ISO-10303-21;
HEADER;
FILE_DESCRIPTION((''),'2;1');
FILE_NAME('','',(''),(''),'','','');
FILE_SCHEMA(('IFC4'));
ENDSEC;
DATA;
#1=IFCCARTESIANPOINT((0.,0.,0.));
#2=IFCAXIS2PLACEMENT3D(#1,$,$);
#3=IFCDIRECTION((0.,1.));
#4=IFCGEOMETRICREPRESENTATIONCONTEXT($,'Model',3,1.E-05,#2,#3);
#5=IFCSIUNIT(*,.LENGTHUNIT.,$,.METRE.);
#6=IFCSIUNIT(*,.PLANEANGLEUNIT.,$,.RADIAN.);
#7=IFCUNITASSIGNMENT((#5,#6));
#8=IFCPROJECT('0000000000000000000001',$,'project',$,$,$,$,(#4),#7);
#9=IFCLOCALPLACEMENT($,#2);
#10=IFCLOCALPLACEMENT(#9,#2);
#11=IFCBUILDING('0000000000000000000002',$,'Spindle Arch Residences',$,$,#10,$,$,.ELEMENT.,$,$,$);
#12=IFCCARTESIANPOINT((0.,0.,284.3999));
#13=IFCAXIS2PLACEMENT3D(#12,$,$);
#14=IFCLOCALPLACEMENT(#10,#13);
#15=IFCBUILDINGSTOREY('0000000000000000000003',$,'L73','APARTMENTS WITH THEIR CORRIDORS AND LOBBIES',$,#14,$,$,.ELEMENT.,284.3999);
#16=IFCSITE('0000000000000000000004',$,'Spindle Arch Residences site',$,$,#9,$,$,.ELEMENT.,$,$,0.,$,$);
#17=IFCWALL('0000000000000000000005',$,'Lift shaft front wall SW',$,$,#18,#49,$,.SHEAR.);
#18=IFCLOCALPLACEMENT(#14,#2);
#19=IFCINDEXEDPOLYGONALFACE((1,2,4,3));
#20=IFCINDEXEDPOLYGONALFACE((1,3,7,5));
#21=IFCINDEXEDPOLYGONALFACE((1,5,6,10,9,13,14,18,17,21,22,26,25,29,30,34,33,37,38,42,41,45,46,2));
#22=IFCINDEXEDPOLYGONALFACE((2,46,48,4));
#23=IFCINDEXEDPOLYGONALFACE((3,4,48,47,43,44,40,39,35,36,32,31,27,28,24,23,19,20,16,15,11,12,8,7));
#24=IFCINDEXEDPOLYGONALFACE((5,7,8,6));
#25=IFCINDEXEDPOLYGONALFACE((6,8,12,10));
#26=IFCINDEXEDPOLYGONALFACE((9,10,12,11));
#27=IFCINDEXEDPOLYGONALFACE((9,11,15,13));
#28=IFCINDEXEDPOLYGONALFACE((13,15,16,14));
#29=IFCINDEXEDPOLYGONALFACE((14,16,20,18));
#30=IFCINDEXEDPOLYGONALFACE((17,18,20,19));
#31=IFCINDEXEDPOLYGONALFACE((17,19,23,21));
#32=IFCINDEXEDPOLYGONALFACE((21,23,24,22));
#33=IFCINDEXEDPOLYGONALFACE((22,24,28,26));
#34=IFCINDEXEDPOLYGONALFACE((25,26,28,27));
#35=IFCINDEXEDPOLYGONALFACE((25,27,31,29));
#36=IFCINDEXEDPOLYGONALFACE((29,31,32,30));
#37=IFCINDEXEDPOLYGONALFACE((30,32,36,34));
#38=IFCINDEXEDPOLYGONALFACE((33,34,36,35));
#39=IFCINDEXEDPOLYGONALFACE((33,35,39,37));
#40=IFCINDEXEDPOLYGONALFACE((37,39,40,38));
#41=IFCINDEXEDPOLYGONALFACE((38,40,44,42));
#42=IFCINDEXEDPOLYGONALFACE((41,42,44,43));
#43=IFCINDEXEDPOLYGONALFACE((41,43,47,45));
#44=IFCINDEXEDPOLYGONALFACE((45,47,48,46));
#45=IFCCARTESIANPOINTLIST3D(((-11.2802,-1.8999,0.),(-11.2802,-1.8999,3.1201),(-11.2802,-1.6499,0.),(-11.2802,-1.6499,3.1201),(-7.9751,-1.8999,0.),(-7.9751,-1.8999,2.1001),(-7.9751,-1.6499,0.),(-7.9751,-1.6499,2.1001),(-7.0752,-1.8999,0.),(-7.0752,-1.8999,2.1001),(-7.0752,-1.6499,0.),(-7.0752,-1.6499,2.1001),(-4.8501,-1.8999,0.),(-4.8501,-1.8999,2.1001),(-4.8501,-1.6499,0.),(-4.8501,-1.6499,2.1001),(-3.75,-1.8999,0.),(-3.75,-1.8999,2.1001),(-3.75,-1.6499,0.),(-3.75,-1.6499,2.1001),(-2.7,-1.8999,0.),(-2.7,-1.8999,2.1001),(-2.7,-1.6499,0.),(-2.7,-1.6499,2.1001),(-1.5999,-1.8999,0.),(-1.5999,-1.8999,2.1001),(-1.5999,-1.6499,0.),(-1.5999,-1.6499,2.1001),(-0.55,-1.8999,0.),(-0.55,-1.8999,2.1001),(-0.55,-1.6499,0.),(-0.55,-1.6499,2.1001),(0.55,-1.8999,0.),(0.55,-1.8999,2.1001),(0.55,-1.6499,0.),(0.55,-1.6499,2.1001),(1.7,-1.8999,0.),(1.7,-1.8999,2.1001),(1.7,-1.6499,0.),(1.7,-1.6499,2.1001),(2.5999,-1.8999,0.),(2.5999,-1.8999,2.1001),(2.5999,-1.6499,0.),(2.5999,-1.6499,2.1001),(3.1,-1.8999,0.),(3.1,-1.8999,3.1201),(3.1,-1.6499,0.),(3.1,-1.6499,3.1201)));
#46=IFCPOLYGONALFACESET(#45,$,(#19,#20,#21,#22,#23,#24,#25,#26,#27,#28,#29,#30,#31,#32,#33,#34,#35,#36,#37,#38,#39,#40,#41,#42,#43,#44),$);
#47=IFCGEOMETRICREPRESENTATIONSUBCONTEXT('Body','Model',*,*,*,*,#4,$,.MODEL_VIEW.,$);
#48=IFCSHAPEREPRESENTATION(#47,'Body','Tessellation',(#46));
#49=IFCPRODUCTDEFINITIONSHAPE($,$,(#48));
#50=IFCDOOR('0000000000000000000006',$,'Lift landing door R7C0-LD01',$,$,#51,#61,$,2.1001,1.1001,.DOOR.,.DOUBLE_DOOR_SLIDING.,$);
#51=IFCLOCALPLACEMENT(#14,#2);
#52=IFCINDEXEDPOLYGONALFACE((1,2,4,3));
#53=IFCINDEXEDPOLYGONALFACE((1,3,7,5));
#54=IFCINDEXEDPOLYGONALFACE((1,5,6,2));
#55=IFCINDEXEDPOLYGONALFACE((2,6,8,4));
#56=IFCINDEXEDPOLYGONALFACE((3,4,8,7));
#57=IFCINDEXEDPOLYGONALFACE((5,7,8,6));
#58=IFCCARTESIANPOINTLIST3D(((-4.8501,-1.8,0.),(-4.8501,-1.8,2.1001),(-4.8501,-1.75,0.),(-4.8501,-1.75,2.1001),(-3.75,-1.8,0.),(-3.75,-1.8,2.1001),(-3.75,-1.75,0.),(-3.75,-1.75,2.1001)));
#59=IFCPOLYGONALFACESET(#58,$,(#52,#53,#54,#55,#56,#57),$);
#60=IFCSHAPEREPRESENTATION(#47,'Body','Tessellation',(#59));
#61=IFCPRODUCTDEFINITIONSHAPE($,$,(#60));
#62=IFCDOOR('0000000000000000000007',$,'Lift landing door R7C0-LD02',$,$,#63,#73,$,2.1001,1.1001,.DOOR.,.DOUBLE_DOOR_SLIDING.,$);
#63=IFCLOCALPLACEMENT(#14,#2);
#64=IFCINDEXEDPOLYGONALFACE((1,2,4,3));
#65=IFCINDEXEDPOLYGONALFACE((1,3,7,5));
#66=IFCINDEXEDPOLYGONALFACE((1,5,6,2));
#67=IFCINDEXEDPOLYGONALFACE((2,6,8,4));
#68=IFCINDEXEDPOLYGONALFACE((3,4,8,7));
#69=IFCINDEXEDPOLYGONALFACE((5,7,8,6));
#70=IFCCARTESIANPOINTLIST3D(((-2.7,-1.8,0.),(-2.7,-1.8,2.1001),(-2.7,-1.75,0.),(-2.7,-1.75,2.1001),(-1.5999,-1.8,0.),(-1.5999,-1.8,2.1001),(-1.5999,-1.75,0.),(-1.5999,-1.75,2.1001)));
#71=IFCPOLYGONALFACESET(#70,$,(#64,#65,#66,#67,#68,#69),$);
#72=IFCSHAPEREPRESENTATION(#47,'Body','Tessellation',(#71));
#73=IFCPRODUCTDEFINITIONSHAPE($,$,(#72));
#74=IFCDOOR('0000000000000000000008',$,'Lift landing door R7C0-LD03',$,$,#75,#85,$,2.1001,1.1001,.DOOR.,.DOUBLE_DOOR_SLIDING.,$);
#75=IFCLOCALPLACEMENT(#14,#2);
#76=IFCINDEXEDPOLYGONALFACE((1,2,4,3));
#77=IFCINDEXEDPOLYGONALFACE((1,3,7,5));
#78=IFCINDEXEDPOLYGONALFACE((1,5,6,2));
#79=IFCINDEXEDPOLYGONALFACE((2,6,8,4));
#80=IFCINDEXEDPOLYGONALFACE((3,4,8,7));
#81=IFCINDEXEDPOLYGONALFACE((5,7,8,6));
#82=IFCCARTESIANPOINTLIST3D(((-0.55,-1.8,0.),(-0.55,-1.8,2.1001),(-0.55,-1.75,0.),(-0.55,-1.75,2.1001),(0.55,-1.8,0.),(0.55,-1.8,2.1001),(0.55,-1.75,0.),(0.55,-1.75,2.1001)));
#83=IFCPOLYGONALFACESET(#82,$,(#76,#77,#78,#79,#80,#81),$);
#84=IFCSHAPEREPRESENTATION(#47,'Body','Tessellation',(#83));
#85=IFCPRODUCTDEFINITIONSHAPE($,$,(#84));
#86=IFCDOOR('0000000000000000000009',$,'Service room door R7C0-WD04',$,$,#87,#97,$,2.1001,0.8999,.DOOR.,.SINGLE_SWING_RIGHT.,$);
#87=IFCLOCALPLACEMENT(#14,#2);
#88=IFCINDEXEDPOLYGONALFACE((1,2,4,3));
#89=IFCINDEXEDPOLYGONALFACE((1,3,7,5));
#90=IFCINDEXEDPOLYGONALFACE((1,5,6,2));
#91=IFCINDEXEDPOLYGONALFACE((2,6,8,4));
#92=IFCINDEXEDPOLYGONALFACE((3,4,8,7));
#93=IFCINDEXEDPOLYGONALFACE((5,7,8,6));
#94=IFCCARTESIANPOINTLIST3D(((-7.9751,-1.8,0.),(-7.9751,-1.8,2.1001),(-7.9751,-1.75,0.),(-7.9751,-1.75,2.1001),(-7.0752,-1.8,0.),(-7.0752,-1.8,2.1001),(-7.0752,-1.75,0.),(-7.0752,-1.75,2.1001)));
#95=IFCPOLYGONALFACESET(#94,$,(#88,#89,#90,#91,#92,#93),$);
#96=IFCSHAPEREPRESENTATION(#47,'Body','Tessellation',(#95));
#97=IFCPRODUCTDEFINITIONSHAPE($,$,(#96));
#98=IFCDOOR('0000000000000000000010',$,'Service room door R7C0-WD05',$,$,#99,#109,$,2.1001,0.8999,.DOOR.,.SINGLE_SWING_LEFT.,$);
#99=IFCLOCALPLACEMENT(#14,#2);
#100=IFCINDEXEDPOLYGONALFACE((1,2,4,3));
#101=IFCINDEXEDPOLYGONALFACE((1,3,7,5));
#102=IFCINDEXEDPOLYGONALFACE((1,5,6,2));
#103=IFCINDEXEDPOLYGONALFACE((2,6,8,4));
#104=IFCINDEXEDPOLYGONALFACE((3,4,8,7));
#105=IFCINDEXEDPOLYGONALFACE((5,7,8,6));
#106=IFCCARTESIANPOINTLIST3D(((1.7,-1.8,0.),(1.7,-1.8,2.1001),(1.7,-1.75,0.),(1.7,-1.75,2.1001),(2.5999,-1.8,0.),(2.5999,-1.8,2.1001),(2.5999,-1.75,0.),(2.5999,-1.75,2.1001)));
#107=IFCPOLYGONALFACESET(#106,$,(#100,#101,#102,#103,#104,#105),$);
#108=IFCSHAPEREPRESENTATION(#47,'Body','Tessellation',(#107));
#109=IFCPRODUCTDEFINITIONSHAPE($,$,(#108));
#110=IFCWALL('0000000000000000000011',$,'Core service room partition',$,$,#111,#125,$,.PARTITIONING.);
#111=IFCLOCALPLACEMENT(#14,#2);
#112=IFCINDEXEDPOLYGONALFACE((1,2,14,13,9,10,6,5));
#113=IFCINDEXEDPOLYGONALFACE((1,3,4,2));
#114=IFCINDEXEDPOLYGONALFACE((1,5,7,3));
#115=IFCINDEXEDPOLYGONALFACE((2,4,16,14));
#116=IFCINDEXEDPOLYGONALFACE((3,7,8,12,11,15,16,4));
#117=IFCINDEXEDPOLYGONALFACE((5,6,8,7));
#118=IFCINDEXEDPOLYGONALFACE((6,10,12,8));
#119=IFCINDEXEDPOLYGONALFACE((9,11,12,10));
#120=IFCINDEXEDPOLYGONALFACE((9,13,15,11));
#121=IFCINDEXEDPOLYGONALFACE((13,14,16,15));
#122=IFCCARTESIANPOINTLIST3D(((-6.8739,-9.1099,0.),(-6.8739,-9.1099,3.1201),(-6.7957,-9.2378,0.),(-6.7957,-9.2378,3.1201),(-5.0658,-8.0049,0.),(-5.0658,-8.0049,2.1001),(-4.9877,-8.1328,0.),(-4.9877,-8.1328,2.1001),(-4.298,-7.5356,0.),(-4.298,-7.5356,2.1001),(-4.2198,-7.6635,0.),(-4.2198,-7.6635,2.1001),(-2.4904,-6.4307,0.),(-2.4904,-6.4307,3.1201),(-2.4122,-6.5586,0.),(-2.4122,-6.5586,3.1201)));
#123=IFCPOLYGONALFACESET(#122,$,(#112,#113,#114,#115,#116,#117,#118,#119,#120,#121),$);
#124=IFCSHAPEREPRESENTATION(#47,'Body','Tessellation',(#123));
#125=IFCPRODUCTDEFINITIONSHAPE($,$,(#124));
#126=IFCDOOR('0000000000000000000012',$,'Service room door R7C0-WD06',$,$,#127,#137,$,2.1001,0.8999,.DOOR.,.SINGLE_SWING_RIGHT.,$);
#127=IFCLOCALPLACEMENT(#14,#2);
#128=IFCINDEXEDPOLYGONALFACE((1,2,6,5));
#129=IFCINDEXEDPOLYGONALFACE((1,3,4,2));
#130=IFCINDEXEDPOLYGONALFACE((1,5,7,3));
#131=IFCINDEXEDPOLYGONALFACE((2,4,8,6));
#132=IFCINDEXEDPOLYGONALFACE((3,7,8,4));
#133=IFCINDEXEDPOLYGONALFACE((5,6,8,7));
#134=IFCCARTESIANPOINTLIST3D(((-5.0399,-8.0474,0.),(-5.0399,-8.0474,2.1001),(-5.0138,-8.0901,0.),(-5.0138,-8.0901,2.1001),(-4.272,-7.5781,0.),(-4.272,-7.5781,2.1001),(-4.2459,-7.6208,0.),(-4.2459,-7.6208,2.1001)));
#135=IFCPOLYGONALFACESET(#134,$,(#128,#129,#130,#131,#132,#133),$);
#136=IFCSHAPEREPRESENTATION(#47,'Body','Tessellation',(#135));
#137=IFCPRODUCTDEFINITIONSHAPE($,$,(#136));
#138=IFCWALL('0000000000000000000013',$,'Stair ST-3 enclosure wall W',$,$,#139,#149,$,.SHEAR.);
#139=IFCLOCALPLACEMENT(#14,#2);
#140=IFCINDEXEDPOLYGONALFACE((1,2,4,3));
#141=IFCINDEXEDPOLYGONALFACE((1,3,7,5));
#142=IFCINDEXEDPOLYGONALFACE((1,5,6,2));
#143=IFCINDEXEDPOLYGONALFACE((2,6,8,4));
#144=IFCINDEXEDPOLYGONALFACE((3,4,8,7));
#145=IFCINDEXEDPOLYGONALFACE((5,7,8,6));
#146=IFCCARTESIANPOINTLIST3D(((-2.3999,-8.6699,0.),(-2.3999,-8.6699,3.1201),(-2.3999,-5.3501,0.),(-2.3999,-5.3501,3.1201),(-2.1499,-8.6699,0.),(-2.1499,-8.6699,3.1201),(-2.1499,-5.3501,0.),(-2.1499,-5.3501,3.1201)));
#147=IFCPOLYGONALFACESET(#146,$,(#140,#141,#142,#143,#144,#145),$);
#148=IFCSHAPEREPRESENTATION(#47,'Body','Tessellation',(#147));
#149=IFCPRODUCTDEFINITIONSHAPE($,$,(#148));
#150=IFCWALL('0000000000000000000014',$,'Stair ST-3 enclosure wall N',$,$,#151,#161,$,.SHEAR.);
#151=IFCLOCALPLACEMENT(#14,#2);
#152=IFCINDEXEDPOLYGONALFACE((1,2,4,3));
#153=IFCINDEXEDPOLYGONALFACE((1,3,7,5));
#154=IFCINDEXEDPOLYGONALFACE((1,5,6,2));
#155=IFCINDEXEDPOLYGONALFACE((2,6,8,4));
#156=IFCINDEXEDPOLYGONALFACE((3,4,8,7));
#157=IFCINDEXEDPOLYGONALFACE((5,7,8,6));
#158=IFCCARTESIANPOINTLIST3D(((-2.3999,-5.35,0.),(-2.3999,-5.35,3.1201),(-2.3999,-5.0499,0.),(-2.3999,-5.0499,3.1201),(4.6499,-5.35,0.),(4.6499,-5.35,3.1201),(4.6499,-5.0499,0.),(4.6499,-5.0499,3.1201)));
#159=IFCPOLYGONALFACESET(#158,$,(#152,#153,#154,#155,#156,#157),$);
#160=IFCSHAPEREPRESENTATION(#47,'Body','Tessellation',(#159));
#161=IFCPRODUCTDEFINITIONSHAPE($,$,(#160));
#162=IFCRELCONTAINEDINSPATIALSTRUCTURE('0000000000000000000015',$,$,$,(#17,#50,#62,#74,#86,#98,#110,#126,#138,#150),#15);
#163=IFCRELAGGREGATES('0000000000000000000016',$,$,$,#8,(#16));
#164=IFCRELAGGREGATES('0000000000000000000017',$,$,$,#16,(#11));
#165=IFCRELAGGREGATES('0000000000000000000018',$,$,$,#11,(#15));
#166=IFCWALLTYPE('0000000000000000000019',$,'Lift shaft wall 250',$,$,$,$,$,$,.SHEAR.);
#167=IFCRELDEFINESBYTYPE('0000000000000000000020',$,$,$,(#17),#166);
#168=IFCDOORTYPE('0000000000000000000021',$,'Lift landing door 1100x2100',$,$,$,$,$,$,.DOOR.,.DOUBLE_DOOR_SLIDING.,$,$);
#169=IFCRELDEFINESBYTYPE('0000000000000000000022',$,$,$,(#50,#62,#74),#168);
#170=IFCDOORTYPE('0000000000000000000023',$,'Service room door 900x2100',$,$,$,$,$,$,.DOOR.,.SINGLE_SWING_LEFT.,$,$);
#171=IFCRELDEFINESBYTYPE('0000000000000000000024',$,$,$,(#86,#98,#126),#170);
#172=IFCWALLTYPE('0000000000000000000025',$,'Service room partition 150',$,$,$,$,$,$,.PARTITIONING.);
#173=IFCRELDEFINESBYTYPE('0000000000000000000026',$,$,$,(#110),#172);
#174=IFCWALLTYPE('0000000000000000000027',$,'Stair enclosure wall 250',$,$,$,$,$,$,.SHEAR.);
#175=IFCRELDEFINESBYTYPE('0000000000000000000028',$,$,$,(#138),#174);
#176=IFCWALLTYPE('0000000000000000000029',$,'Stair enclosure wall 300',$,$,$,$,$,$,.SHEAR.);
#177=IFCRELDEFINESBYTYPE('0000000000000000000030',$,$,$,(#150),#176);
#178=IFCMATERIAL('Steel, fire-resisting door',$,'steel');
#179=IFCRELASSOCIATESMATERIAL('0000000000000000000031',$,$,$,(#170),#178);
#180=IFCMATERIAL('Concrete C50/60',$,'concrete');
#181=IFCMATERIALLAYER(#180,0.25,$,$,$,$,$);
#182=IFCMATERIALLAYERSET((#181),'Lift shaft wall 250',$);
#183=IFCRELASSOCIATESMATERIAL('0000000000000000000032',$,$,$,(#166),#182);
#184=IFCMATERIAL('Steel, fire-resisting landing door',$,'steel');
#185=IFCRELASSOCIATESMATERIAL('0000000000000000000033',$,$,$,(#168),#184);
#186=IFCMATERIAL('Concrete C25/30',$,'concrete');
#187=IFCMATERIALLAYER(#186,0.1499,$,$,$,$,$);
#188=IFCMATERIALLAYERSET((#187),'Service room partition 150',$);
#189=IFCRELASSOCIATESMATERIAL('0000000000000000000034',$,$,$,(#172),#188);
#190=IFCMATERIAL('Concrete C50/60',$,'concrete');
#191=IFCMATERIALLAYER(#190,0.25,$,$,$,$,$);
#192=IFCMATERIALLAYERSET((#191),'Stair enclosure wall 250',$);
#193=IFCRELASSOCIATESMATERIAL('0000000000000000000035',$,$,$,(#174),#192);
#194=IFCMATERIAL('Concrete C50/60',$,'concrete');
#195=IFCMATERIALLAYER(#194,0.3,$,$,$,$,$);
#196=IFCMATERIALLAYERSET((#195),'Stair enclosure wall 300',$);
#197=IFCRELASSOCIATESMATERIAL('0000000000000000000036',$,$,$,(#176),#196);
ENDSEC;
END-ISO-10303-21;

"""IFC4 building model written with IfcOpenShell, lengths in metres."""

from ifc_helpers import new_model, si_unit, direction, frame, frame_2d, origin, place, context, subcontext, project, spatial, rectangle, extrude, material, layer, layer_set, type_object, element, fill, save


model = new_model("IFC4")

# Units and contexts
model_context = context("Model", 3, precision=1e-05, world=origin(), true_north=direction((0.0, 1.0)))
body_context = subcontext(model_context, "Body", "Model", "MODEL_VIEW")
ifc_project = project(units=[si_unit("LENGTHUNIT", "METRE"), si_unit("PLANEANGLEUNIT", "RADIAN")], contexts=[model_context])

# Site, building, storey
site_placement = place(None, origin())
site = spatial("IfcSite", under=ifc_project, at=site_placement, Name="Spindle Arch Residences site", CompositionType="ELEMENT", RefElevation=0.0)
building_placement = place(site_placement, origin())
building = spatial("IfcBuilding", under=site, at=building_placement, Name="Spindle Arch Residences", CompositionType="ELEMENT")
storey_placement = place(building_placement, frame((0.0, 0.0, 284.3999)))
storey = spatial("IfcBuildingStorey", under=building, at=storey_placement, Name="L73", Description="APARTMENTS WITH THEIR CORRIDORS AND LOBBIES", CompositionType="ELEMENT", Elevation=284.3999)

# Shared definitions
ifc_material_1 = material(Name="Steel, fire-resisting door", Category="steel")
door_type_1 = type_object("IfcDoorType", Name="Service room door 900x2100", OperationType="SINGLE_SWING_LEFT", PredefinedType="DOOR", material=ifc_material_1)

# Wall, openings, doors
ifc_material_2 = material(Name="Concrete C50/60", Category="concrete")
ifc_layer_1 = layer(ifc_material_2, 0.25)
ifc_layer_set_1 = layer_set([ifc_layer_1], Name="Lift shaft wall 250")
wall_type_1 = type_object("IfcWallType", Name="Lift shaft wall 250", PredefinedType="SHEAR", material=ifc_layer_set_1)
wall_1_placement = place(storey_placement, frame((-11.28, -1.7749, 0.0), z_axis=(0.0, 0.0, 1.0), x_axis=(1.0, 0.0, 0.0)))
wall_1 = element("IfcWall", 1, at=wall_1_placement, inside=storey, type_object=wall_type_1, Name="Lift shaft front wall SW", PredefinedType="SHEAR", context=body_context, shape_type="SweptSolid", body=[
    extrude(rectangle(XDim=14.3801, YDim=0.25, at=frame_2d((7.1899, 0.0))), origin(), (0.0, 0.0, 1.0), 3.1201),
])
opening_1_placement = place(wall_1_placement, frame((6.4299, 0.0, 0.0)))
opening_1 = element("IfcOpeningElement", 2, at=opening_1_placement, cuts=wall_1, PredefinedType="OPENING", context=body_context, shape_type="SweptSolid", body=[
    extrude(rectangle(XDim=1.1001, YDim=2.1001, at=frame_2d((0.55, 1.05))), frame((0.0, 0.135, 0.0), z_axis=(0.0, -1.0, 0.0), x_axis=(1.0, 0.0, 0.0)), (0.0, 0.0, 1.0), 0.27),
])
opening_2_placement = place(wall_1_placement, frame((8.5801, 0.0, 0.0)))
opening_2 = element("IfcOpeningElement", 3, at=opening_2_placement, cuts=wall_1, PredefinedType="OPENING", context=body_context, shape_type="SweptSolid", body=[
    extrude(rectangle(XDim=1.1001, YDim=2.1001, at=frame_2d((0.55, 1.05))), frame((0.0, 0.135, 0.0), z_axis=(0.0, -1.0, 0.0), x_axis=(1.0, 0.0, 0.0)), (0.0, 0.0, 1.0), 0.27),
])
opening_3_placement = place(wall_1_placement, frame((10.73, 0.0, 0.0)))
opening_3 = element("IfcOpeningElement", 4, at=opening_3_placement, cuts=wall_1, PredefinedType="OPENING", context=body_context, shape_type="SweptSolid", body=[
    extrude(rectangle(XDim=1.1001, YDim=2.1001, at=frame_2d((0.55, 1.05))), frame((0.0, 0.135, 0.0), z_axis=(0.0, -1.0, 0.0), x_axis=(1.0, 0.0, 0.0)), (0.0, 0.0, 1.0), 0.27),
])
opening_4_placement = place(wall_1_placement, frame((3.3049, 0.0, 0.0)))
opening_4 = element("IfcOpeningElement", 5, at=opening_4_placement, cuts=wall_1, PredefinedType="OPENING", context=body_context, shape_type="SweptSolid", body=[
    extrude(rectangle(XDim=0.8999, YDim=2.1001, at=frame_2d((0.45, 1.05))), frame((0.0, 0.135, 0.0), z_axis=(0.0, -1.0, 0.0), x_axis=(1.0, 0.0, 0.0)), (0.0, 0.0, 1.0), 0.27),
])
opening_5_placement = place(wall_1_placement, frame((12.98, 0.0, 0.0)))
opening_5 = element("IfcOpeningElement", 6, at=opening_5_placement, cuts=wall_1, PredefinedType="OPENING", context=body_context, shape_type="SweptSolid", body=[
    extrude(rectangle(XDim=0.8999, YDim=2.1001, at=frame_2d((0.45, 1.05))), frame((0.0, 0.135, 0.0), z_axis=(0.0, -1.0, 0.0), x_axis=(1.0, 0.0, 0.0)), (0.0, 0.0, 1.0), 0.27),
])
ifc_material_3 = material(Name="Steel, fire-resisting landing door", Category="steel")
door_type_2 = type_object("IfcDoorType", Name="Lift landing door 1100x2100", OperationType="DOUBLE_DOOR_SLIDING", PredefinedType="DOOR", material=ifc_material_3)
door_1_placement = place(opening_1_placement, origin())
door_1 = element("IfcDoor", 7, at=door_1_placement, inside=storey, type_object=door_type_2, Name="Lift landing door R7C0-LD01", OperationType="DOUBLE_DOOR_SLIDING", OverallHeight=2.1001, OverallWidth=1.1001, PredefinedType="DOOR", context=body_context, shape_type="SweptSolid", body=[
    extrude(rectangle(XDim=1.1001, YDim=2.1001, at=frame_2d((0.55, 1.05))), frame((0.0, 0.0249, 0.0), z_axis=(0.0, -1.0, 0.0), x_axis=(1.0, 0.0, 0.0)), (0.0, 0.0, 1.0), 0.05),
])
fill(opening_1, door_1)
door_2_placement = place(opening_2_placement, origin())
door_2 = element("IfcDoor", 8, at=door_2_placement, inside=storey, type_object=door_type_2, Name="Lift landing door R7C0-LD02", OperationType="DOUBLE_DOOR_SLIDING", OverallHeight=2.1001, OverallWidth=1.1001, PredefinedType="DOOR", context=body_context, shape_type="SweptSolid", body=[
    extrude(rectangle(XDim=1.1001, YDim=2.1001, at=frame_2d((0.55, 1.05))), frame((0.0, 0.0249, 0.0), z_axis=(0.0, -1.0, 0.0), x_axis=(1.0, 0.0, 0.0)), (0.0, 0.0, 1.0), 0.05),
])
fill(opening_2, door_2)
door_3_placement = place(opening_3_placement, origin())
door_3 = element("IfcDoor", 9, at=door_3_placement, inside=storey, type_object=door_type_2, Name="Lift landing door R7C0-LD03", OperationType="DOUBLE_DOOR_SLIDING", OverallHeight=2.1001, OverallWidth=1.1001, PredefinedType="DOOR", context=body_context, shape_type="SweptSolid", body=[
    extrude(rectangle(XDim=1.1001, YDim=2.1001, at=frame_2d((0.55, 1.05))), frame((0.0, 0.0249, 0.0), z_axis=(0.0, -1.0, 0.0), x_axis=(1.0, 0.0, 0.0)), (0.0, 0.0, 1.0), 0.05),
])
fill(opening_3, door_3)
door_4_placement = place(opening_4_placement, origin())
door_4 = element("IfcDoor", 10, at=door_4_placement, inside=storey, type_object=door_type_1, Name="Service room door R7C0-WD04", OperationType="SINGLE_SWING_RIGHT", OverallHeight=2.1001, OverallWidth=0.8999, PredefinedType="DOOR", context=body_context, shape_type="SweptSolid", body=[
    extrude(rectangle(XDim=0.8999, YDim=2.1001, at=frame_2d((0.45, 1.05))), frame((0.0, 0.0249, 0.0), z_axis=(0.0, -1.0, 0.0), x_axis=(1.0, 0.0, 0.0)), (0.0, 0.0, 1.0), 0.05),
])
fill(opening_4, door_4)
door_5_placement = place(opening_5_placement, origin())
door_5 = element("IfcDoor", 11, at=door_5_placement, inside=storey, type_object=door_type_1, Name="Service room door R7C0-WD05", OperationType="SINGLE_SWING_LEFT", OverallHeight=2.1001, OverallWidth=0.8999, PredefinedType="DOOR", context=body_context, shape_type="SweptSolid", body=[
    extrude(rectangle(XDim=0.8999, YDim=2.1001, at=frame_2d((0.45, 1.05))), frame((0.0, 0.0249, 0.0), z_axis=(0.0, -1.0, 0.0), x_axis=(1.0, 0.0, 0.0)), (0.0, 0.0, 1.0), 0.05),
])
fill(opening_5, door_5)

# Wall, opening, door
ifc_material_4 = material(Name="Concrete C25/30", Category="concrete")
ifc_layer_2 = layer(ifc_material_4, 0.1499)
ifc_layer_set_2 = layer_set([ifc_layer_2], Name="Service room partition 150")
wall_type_2 = type_object("IfcWallType", Name="Service room partition 150", PredefinedType="PARTITIONING", material=ifc_layer_set_2)
wall_2_placement = place(storey_placement, frame((-2.4512, -6.4946, 0.0), z_axis=(0.0, 0.0, 1.0), x_axis=(-0.85325, -0.521502, 0.0)))
wall_2 = element("IfcWall", 12, at=wall_2_placement, inside=storey, type_object=wall_type_2, Name="Core service room partition", PredefinedType="PARTITIONING", context=body_context, shape_type="SweptSolid", body=[
    extrude(rectangle(XDim=5.1375, YDim=0.1499, at=frame_2d((2.5688, 0.0))), origin(), (0.0, 0.0, 1.0), 3.1201),
])
opening_6_placement = place(wall_2_placement, frame((2.1187, 0.0, 0.0)))
opening_6 = element("IfcOpeningElement", 13, at=opening_6_placement, cuts=wall_2, PredefinedType="OPENING", context=body_context, shape_type="SweptSolid", body=[
    extrude(rectangle(XDim=0.8999, YDim=2.1001, at=frame_2d((0.45, 1.05))), frame((0.0, 0.085, 0.0), z_axis=(0.0, -1.0, 0.0), x_axis=(1.0, 0.0, 0.0)), (0.0, 0.0, 1.0), 0.1699),
])
door_6_placement = place(opening_6_placement, origin())
door_6 = element("IfcDoor", 14, at=door_6_placement, inside=storey, type_object=door_type_1, Name="Service room door R7C0-WD06", OperationType="SINGLE_SWING_RIGHT", OverallHeight=2.1001, OverallWidth=0.8999, PredefinedType="DOOR", context=body_context, shape_type="SweptSolid", body=[
    extrude(rectangle(XDim=0.8999, YDim=2.1001, at=frame_2d((0.45, 1.05))), frame((0.0, 0.0249, 0.0), z_axis=(0.0, -1.0, 0.0), x_axis=(1.0, 0.0, 0.0)), (0.0, 0.0, 1.0), 0.05),
])
fill(opening_6, door_6)

# Walls
ifc_material_5 = material(Name="Concrete C50/60", Category="concrete")
ifc_layer_3 = layer(ifc_material_5, 0.25)
ifc_layer_set_3 = layer_set([ifc_layer_3], Name="Stair enclosure wall 250")
wall_type_3 = type_object("IfcWallType", Name="Stair enclosure wall 250", PredefinedType="SHEAR", material=ifc_layer_set_3)
wall_3_placement = place(storey_placement, frame((-2.2749, -8.6699, 0.0), z_axis=(0.0, 0.0, 1.0), x_axis=(0.0, 1.0, 0.0)))
element("IfcWall", 15, at=wall_3_placement, inside=storey, type_object=wall_type_3, Name="Stair ST-3 enclosure wall W", PredefinedType="SHEAR", context=body_context, shape_type="SweptSolid", body=[
    extrude(rectangle(XDim=3.3198, YDim=0.25, at=frame_2d((1.6599, 0.0))), origin(), (0.0, 0.0, 1.0), 3.1201),
])
ifc_material_6 = material(Name="Concrete C50/60", Category="concrete")
ifc_layer_4 = layer(ifc_material_6, 0.3)
ifc_layer_set_4 = layer_set([ifc_layer_4], Name="Stair enclosure wall 300")
wall_type_4 = type_object("IfcWallType", Name="Stair enclosure wall 300", PredefinedType="SHEAR", material=ifc_layer_set_4)
wall_4_placement = place(storey_placement, frame((-2.3999, -5.2, 0.0), z_axis=(0.0, 0.0, 1.0), x_axis=(1.0, 0.0, 0.0)))
element("IfcWall", 16, at=wall_4_placement, inside=storey, type_object=wall_type_4, Name="Stair ST-3 enclosure wall N", PredefinedType="SHEAR", context=body_context, shape_type="SweptSolid", body=[
    extrude(rectangle(XDim=7.0498, YDim=0.3, at=frame_2d((3.5249, 0.0))), origin(), (0.0, 0.0, 1.0), 3.1201),
])

save(model, "model.ifc")
